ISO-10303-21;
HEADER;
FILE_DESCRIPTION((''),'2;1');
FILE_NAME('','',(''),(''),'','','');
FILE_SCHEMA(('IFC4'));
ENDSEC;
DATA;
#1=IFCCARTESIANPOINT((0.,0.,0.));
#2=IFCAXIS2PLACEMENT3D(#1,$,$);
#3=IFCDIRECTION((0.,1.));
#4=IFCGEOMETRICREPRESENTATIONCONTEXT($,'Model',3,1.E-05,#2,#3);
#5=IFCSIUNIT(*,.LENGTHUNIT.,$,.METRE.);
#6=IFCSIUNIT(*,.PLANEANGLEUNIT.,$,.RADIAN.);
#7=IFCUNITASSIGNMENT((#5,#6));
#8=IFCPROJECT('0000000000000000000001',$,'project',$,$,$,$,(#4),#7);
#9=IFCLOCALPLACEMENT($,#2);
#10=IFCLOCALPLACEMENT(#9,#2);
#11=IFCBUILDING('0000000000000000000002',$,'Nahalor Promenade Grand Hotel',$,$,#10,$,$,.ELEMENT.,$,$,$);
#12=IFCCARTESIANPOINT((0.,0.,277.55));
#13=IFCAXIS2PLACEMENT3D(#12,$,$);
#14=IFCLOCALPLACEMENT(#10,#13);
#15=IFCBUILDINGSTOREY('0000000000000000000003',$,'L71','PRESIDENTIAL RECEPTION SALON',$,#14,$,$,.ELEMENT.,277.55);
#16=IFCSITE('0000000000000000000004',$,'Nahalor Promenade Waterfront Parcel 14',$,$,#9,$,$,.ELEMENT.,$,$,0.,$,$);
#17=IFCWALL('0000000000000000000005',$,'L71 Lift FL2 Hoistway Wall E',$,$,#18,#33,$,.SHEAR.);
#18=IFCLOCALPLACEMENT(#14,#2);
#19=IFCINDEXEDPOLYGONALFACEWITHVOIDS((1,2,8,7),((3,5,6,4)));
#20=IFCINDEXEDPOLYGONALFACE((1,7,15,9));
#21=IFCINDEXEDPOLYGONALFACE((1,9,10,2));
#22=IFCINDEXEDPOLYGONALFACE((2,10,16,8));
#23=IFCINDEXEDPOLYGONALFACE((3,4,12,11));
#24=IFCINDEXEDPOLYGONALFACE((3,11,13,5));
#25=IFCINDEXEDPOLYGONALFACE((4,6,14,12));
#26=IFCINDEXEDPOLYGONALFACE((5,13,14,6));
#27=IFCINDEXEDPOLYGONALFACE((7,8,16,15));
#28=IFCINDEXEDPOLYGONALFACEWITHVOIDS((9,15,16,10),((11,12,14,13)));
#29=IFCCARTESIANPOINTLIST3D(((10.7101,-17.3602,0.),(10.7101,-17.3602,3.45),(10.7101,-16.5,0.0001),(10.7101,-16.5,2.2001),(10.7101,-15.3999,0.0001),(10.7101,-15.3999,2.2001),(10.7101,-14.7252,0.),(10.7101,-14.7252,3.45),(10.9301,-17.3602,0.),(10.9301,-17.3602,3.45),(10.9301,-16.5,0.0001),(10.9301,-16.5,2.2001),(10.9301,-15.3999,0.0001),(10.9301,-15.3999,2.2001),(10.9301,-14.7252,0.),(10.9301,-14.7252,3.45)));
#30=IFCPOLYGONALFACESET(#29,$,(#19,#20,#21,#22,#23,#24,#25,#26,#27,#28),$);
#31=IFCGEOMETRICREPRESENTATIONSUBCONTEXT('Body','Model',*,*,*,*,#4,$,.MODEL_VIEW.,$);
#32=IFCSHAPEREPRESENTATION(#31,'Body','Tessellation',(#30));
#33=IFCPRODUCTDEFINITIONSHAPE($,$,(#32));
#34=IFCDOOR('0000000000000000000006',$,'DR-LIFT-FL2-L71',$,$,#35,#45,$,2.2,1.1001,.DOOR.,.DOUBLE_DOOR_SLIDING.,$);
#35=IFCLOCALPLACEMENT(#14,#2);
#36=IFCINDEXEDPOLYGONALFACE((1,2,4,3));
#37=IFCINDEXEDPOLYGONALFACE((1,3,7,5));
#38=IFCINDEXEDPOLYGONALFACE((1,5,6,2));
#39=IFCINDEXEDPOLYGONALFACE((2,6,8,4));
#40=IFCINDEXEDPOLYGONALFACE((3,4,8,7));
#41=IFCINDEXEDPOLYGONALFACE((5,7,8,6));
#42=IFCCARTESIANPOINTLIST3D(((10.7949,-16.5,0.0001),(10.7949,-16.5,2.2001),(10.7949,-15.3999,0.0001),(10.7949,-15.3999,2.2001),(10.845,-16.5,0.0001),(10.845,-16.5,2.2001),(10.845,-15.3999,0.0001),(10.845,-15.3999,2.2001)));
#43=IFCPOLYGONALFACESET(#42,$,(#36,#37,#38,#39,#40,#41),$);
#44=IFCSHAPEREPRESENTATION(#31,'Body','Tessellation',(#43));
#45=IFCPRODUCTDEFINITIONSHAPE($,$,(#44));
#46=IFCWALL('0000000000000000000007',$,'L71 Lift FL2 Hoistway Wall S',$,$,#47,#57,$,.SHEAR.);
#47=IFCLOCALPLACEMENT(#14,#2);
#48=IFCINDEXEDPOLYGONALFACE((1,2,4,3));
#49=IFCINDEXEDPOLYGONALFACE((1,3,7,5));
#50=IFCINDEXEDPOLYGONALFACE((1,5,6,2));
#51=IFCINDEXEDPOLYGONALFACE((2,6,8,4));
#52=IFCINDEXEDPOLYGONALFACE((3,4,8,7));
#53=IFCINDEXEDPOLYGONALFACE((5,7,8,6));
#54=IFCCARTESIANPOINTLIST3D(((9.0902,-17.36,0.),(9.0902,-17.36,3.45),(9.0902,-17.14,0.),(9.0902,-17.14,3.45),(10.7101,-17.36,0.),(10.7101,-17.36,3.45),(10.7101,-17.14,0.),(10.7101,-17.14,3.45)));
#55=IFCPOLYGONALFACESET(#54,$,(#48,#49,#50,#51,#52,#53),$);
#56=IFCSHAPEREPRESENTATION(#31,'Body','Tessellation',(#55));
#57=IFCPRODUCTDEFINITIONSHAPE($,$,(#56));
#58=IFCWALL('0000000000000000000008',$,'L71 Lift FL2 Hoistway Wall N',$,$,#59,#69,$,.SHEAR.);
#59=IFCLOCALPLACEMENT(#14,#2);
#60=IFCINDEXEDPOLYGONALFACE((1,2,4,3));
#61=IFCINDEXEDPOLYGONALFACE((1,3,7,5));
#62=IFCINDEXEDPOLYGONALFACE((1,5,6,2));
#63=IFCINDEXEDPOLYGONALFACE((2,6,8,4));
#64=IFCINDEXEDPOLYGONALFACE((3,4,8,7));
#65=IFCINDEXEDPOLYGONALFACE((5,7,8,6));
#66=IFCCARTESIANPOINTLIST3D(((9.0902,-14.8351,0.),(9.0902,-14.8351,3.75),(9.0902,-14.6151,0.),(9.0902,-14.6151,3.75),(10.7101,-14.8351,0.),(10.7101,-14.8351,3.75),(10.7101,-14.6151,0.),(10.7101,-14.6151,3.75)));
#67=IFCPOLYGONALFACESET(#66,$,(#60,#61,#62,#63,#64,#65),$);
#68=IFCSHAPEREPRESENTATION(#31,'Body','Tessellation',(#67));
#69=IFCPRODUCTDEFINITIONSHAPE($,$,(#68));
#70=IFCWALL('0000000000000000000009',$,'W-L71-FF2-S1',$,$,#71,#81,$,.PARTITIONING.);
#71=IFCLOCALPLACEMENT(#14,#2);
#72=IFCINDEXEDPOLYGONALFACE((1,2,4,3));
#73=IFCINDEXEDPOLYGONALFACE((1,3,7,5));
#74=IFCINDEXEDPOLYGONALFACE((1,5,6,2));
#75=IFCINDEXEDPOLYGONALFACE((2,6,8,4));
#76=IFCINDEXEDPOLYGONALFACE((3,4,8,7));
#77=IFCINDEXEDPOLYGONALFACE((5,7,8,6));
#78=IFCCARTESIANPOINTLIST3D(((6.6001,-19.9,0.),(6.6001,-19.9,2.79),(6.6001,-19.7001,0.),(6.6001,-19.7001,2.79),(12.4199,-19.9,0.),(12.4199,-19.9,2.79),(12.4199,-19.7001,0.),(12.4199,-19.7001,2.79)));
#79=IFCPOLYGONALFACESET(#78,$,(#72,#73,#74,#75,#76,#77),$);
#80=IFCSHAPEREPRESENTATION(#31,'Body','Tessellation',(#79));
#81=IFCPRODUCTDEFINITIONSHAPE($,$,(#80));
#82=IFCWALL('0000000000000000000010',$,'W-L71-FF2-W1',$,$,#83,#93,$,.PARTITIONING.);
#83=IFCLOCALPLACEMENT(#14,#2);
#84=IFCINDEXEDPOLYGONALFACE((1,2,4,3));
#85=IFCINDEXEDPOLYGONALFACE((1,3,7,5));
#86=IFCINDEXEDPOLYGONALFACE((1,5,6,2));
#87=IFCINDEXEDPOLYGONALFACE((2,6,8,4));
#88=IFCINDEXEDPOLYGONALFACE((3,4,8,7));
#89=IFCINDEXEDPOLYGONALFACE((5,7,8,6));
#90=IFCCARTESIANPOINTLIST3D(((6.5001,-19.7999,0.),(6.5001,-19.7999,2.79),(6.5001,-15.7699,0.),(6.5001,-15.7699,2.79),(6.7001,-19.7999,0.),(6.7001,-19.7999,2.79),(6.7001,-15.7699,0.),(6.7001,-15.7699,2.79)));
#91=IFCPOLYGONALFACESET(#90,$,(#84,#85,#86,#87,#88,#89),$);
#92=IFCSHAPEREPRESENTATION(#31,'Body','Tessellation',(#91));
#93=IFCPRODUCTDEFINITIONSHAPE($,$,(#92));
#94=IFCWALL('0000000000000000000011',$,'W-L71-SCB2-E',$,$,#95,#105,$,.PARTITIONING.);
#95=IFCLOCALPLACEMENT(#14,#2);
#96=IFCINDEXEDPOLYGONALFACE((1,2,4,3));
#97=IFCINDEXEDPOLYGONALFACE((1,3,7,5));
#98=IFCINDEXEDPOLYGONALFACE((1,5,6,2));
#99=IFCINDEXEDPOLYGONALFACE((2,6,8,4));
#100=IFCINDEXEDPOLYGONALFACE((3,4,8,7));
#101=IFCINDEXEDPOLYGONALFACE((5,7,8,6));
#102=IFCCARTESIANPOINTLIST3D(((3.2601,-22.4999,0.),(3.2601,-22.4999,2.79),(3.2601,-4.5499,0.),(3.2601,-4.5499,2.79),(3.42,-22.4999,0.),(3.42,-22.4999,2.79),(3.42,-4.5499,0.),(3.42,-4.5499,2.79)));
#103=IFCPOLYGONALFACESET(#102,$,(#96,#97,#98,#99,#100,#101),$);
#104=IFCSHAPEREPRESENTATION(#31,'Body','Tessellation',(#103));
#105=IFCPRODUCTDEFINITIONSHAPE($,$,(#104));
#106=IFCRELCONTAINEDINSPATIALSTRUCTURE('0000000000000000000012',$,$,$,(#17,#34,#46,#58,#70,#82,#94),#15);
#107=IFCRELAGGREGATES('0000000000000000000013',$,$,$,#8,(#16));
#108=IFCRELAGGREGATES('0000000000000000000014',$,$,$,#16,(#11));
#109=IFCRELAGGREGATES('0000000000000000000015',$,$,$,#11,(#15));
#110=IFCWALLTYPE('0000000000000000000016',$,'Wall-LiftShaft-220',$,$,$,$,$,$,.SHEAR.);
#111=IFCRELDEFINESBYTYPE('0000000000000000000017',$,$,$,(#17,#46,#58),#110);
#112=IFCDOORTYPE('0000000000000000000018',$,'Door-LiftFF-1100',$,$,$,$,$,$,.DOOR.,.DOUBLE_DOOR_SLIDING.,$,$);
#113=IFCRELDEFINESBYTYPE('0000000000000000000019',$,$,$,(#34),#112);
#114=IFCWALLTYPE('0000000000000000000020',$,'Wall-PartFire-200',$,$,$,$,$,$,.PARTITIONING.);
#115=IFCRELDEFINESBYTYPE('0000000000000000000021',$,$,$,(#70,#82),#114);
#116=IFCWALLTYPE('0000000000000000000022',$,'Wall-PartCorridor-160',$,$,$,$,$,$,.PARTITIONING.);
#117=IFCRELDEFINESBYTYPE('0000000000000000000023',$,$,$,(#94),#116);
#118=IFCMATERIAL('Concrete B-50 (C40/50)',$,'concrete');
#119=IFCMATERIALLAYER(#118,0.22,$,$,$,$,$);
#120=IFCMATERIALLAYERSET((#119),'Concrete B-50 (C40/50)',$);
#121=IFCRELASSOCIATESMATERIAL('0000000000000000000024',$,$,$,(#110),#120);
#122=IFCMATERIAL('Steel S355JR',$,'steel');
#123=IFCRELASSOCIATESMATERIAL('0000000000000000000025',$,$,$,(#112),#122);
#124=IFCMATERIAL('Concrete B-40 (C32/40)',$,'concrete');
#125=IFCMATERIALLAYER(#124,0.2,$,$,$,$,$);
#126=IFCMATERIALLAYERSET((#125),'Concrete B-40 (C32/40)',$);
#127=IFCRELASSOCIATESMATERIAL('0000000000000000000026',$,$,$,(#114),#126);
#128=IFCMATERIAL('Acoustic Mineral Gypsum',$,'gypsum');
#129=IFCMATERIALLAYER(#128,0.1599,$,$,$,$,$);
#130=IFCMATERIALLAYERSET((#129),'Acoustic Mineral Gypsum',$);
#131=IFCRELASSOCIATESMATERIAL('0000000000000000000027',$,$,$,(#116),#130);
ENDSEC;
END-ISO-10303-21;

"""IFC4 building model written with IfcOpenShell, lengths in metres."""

from ifc_helpers import new_model, si_unit, direction, frame, frame_2d, origin, place, context, subcontext, project, spatial, rectangle, extrude, source, transform, mapped, material, layer, layer_set, type_object, element, fill, save


model = new_model("IFC4")

# Units and contexts
model_context = context("Model", 3, precision=1e-05, world=origin(), true_north=direction((0.0, 1.0)))
body_context = subcontext(model_context, "Body", "Model", "MODEL_VIEW")
ifc_project = project(units=[si_unit("LENGTHUNIT", "METRE"), si_unit("PLANEANGLEUNIT", "RADIAN")], contexts=[model_context])

# Site, building, storey
site_placement = place(None, origin())
site = spatial("IfcSite", under=ifc_project, at=site_placement, Name="Nahalor Promenade Waterfront Parcel 14", CompositionType="ELEMENT", RefElevation=0.0)
building_placement = place(site_placement, origin())
building = spatial("IfcBuilding", under=site, at=building_placement, Name="Nahalor Promenade Grand Hotel", CompositionType="ELEMENT")
storey_placement = place(building_placement, frame((0.0, 0.0, 277.55)))
storey = spatial("IfcBuildingStorey", under=building, at=storey_placement, Name="L71", Description="PRESIDENTIAL RECEPTION SALON", CompositionType="ELEMENT", Elevation=277.55)

# Shared definitions
ifc_material_1 = material(Name="Concrete B-50 (C40/50)", Category="concrete")
ifc_material_2 = material(Name="Steel S355JR", Category="steel")

# Shared definitions
ifc_layer_1 = layer(ifc_material_1, 0.22)
ifc_layer_set_1 = layer_set([ifc_layer_1], Name="Concrete B-50 (C40/50)")
wall_type_1 = type_object("IfcWallType", Name="Wall-LiftShaft-220", PredefinedType="SHEAR", material=ifc_layer_set_1)

# Shared definitions
shared_shape_1 = source(origin(), body_context, "Body", "SweptSolid", [
    extrude(rectangle(XDim=2.635, YDim=0.22, at=frame_2d((1.3174, 0.0))), origin(), (0.0, 0.0, 1.0), 3.45),
])

# Wall, opening, door
wall_1_placement = place(storey_placement, frame((10.8201, -17.3601, 0.0), z_axis=(0.0, 0.0, 1.0), x_axis=(0.0, 1.0, 0.0)))
wall_1 = element("IfcWall", 1, at=wall_1_placement, inside=storey, type_object=wall_type_1, Name="L71 Lift FL2 Hoistway Wall E", PredefinedType="SHEAR", context=body_context, shape_type="MappedRepresentation", body=[
    mapped(shared_shape_1, transform((0.0, 0.0, 0.0), scale=1.0)),
])
opening_1_placement = place(wall_1_placement, frame((0.8601, 0.0, 0.0)))
opening_1 = element("IfcOpeningElement", 2, at=opening_1_placement, cuts=wall_1, PredefinedType="OPENING", context=body_context, shape_type="SweptSolid", body=[
    extrude(rectangle(XDim=1.1001, YDim=2.2, at=frame_2d((0.55, 1.1001))), frame((0.0, 0.1199, 0.0), z_axis=(0.0, -1.0, 0.0), x_axis=(1.0, 0.0, 0.0)), (0.0, 0.0, 1.0), 0.24),
])
door_type_1 = type_object("IfcDoorType", Name="Door-LiftFF-1100", OperationType="DOUBLE_DOOR_SLIDING", PredefinedType="DOOR", material=ifc_material_2)
shared_shape_2 = source(origin(), body_context, "Body", "SweptSolid", [
    extrude(rectangle(XDim=1.1001, YDim=2.2, at=frame_2d((0.55, 1.1001))), frame((0.0, 0.0249, 0.0), z_axis=(0.0, -1.0, 0.0), x_axis=(1.0, 0.0, 0.0)), (0.0, 0.0, 1.0), 0.05),
])
door_1_placement = place(opening_1_placement, frame((1.1001, 0.0, 0.0), z_axis=(0.0, 0.0, 1.0), x_axis=(-1.0, 0.0, 0.0)))
door_1 = element("IfcDoor", 3, at=door_1_placement, inside=storey, type_object=door_type_1, Name="DR-LIFT-FL2-L71", OperationType="DOUBLE_DOOR_SLIDING", OverallHeight=2.2, OverallWidth=1.1001, PredefinedType="DOOR", context=body_context, shape_type="MappedRepresentation", body=[
    mapped(shared_shape_2, transform((0.0, 0.0, 0.0), scale=1.0)),
])
fill(opening_1, door_1)

# Walls
shared_shape_3 = source(origin(), body_context, "Body", "SweptSolid", [
    extrude(rectangle(XDim=1.6199, YDim=0.22, at=frame_2d((0.8101, 0.0))), origin(), (0.0, 0.0, 1.0), 3.45),
])
wall_2_placement = place(storey_placement, frame((9.0901, -17.25, 0.0), z_axis=(0.0, 0.0, 1.0), x_axis=(1.0, 0.0, 0.0)))
element("IfcWall", 4, at=wall_2_placement, inside=storey, type_object=wall_type_1, Name="L71 Lift FL2 Hoistway Wall S", PredefinedType="SHEAR", context=body_context, shape_type="MappedRepresentation", body=[
    mapped(shared_shape_3, transform((0.0, 0.0, 0.0), scale=1.0)),
])
shared_shape_4 = source(origin(), body_context, "Body", "SweptSolid", [
    extrude(rectangle(XDim=1.6199, YDim=0.22, at=frame_2d((0.8101, 0.0))), origin(), (0.0, 0.0, 1.0), 3.75),
])
wall_3_placement = place(storey_placement, frame((9.0901, -14.7251, 0.0), z_axis=(0.0, 0.0, 1.0), x_axis=(1.0, 0.0, 0.0)))
element("IfcWall", 5, at=wall_3_placement, inside=storey, type_object=wall_type_1, Name="L71 Lift FL2 Hoistway Wall N", PredefinedType="SHEAR", context=body_context, shape_type="MappedRepresentation", body=[
    mapped(shared_shape_4, transform((0.0, 0.0, 0.0), scale=1.0)),
])
ifc_material_3 = material(Name="Concrete B-40 (C32/40)", Category="concrete")
ifc_layer_2 = layer(ifc_material_3, 0.2)
ifc_layer_set_2 = layer_set([ifc_layer_2], Name="Concrete B-40 (C32/40)")
wall_type_2 = type_object("IfcWallType", Name="Wall-PartFire-200", PredefinedType="PARTITIONING", material=ifc_layer_set_2)
shared_shape_5 = source(origin(), body_context, "Body", "SweptSolid", [
    extrude(rectangle(XDim=5.8198, YDim=0.2, at=frame_2d((2.9099, 0.0))), origin(), (0.0, 0.0, 1.0), 2.79),
])
wall_4_placement = place(storey_placement, frame((6.6001, -19.8, 0.0), z_axis=(0.0, 0.0, 1.0), x_axis=(1.0, 0.0, 0.0)))
element("IfcWall", 6, at=wall_4_placement, inside=storey, type_object=wall_type_2, Name="W-L71-FF2-S1", PredefinedType="PARTITIONING", context=body_context, shape_type="MappedRepresentation", body=[
    mapped(shared_shape_5, transform((0.0, 0.0, 0.0), scale=1.0)),
])
shared_shape_6 = source(origin(), body_context, "Body", "SweptSolid", [
    extrude(rectangle(XDim=4.03, YDim=0.2, at=frame_2d((2.0151, 0.0))), origin(), (0.0, 0.0, 1.0), 2.79),
])
wall_5_placement = place(storey_placement, frame((6.6001, -19.8, 0.0), z_axis=(0.0, 0.0, 1.0), x_axis=(0.0, 1.0, 0.0)))
element("IfcWall", 7, at=wall_5_placement, inside=storey, type_object=wall_type_2, Name="W-L71-FF2-W1", PredefinedType="PARTITIONING", context=body_context, shape_type="MappedRepresentation", body=[
    mapped(shared_shape_6, transform((0.0, 0.0, 0.0), scale=1.0)),
])

# Wall
ifc_material_4 = material(Name="Acoustic Mineral Gypsum", Category="gypsum")
ifc_layer_3 = layer(ifc_material_4, 0.1599)
ifc_layer_set_3 = layer_set([ifc_layer_3], Name="Acoustic Mineral Gypsum")
wall_type_3 = type_object("IfcWallType", Name="Wall-PartCorridor-160", PredefinedType="PARTITIONING", material=ifc_layer_set_3)
shared_shape_7 = source(origin(), body_context, "Body", "SweptSolid", [
    extrude(rectangle(XDim=17.95, YDim=0.1599, at=frame_2d((8.9751, 0.0))), origin(), (0.0, 0.0, 1.0), 2.79),
])
wall_6_placement = place(storey_placement, frame((3.3401, -22.5, 0.0), z_axis=(0.0, 0.0, 1.0), x_axis=(0.0, 1.0, 0.0)))
element("IfcWall", 8, at=wall_6_placement, inside=storey, type_object=wall_type_3, Name="W-L71-SCB2-E", PredefinedType="PARTITIONING", context=body_context, shape_type="MappedRepresentation", body=[
    mapped(shared_shape_7, transform((0.0, 0.0, 0.0), scale=1.0)),
])

save(model, "model.ifc")
